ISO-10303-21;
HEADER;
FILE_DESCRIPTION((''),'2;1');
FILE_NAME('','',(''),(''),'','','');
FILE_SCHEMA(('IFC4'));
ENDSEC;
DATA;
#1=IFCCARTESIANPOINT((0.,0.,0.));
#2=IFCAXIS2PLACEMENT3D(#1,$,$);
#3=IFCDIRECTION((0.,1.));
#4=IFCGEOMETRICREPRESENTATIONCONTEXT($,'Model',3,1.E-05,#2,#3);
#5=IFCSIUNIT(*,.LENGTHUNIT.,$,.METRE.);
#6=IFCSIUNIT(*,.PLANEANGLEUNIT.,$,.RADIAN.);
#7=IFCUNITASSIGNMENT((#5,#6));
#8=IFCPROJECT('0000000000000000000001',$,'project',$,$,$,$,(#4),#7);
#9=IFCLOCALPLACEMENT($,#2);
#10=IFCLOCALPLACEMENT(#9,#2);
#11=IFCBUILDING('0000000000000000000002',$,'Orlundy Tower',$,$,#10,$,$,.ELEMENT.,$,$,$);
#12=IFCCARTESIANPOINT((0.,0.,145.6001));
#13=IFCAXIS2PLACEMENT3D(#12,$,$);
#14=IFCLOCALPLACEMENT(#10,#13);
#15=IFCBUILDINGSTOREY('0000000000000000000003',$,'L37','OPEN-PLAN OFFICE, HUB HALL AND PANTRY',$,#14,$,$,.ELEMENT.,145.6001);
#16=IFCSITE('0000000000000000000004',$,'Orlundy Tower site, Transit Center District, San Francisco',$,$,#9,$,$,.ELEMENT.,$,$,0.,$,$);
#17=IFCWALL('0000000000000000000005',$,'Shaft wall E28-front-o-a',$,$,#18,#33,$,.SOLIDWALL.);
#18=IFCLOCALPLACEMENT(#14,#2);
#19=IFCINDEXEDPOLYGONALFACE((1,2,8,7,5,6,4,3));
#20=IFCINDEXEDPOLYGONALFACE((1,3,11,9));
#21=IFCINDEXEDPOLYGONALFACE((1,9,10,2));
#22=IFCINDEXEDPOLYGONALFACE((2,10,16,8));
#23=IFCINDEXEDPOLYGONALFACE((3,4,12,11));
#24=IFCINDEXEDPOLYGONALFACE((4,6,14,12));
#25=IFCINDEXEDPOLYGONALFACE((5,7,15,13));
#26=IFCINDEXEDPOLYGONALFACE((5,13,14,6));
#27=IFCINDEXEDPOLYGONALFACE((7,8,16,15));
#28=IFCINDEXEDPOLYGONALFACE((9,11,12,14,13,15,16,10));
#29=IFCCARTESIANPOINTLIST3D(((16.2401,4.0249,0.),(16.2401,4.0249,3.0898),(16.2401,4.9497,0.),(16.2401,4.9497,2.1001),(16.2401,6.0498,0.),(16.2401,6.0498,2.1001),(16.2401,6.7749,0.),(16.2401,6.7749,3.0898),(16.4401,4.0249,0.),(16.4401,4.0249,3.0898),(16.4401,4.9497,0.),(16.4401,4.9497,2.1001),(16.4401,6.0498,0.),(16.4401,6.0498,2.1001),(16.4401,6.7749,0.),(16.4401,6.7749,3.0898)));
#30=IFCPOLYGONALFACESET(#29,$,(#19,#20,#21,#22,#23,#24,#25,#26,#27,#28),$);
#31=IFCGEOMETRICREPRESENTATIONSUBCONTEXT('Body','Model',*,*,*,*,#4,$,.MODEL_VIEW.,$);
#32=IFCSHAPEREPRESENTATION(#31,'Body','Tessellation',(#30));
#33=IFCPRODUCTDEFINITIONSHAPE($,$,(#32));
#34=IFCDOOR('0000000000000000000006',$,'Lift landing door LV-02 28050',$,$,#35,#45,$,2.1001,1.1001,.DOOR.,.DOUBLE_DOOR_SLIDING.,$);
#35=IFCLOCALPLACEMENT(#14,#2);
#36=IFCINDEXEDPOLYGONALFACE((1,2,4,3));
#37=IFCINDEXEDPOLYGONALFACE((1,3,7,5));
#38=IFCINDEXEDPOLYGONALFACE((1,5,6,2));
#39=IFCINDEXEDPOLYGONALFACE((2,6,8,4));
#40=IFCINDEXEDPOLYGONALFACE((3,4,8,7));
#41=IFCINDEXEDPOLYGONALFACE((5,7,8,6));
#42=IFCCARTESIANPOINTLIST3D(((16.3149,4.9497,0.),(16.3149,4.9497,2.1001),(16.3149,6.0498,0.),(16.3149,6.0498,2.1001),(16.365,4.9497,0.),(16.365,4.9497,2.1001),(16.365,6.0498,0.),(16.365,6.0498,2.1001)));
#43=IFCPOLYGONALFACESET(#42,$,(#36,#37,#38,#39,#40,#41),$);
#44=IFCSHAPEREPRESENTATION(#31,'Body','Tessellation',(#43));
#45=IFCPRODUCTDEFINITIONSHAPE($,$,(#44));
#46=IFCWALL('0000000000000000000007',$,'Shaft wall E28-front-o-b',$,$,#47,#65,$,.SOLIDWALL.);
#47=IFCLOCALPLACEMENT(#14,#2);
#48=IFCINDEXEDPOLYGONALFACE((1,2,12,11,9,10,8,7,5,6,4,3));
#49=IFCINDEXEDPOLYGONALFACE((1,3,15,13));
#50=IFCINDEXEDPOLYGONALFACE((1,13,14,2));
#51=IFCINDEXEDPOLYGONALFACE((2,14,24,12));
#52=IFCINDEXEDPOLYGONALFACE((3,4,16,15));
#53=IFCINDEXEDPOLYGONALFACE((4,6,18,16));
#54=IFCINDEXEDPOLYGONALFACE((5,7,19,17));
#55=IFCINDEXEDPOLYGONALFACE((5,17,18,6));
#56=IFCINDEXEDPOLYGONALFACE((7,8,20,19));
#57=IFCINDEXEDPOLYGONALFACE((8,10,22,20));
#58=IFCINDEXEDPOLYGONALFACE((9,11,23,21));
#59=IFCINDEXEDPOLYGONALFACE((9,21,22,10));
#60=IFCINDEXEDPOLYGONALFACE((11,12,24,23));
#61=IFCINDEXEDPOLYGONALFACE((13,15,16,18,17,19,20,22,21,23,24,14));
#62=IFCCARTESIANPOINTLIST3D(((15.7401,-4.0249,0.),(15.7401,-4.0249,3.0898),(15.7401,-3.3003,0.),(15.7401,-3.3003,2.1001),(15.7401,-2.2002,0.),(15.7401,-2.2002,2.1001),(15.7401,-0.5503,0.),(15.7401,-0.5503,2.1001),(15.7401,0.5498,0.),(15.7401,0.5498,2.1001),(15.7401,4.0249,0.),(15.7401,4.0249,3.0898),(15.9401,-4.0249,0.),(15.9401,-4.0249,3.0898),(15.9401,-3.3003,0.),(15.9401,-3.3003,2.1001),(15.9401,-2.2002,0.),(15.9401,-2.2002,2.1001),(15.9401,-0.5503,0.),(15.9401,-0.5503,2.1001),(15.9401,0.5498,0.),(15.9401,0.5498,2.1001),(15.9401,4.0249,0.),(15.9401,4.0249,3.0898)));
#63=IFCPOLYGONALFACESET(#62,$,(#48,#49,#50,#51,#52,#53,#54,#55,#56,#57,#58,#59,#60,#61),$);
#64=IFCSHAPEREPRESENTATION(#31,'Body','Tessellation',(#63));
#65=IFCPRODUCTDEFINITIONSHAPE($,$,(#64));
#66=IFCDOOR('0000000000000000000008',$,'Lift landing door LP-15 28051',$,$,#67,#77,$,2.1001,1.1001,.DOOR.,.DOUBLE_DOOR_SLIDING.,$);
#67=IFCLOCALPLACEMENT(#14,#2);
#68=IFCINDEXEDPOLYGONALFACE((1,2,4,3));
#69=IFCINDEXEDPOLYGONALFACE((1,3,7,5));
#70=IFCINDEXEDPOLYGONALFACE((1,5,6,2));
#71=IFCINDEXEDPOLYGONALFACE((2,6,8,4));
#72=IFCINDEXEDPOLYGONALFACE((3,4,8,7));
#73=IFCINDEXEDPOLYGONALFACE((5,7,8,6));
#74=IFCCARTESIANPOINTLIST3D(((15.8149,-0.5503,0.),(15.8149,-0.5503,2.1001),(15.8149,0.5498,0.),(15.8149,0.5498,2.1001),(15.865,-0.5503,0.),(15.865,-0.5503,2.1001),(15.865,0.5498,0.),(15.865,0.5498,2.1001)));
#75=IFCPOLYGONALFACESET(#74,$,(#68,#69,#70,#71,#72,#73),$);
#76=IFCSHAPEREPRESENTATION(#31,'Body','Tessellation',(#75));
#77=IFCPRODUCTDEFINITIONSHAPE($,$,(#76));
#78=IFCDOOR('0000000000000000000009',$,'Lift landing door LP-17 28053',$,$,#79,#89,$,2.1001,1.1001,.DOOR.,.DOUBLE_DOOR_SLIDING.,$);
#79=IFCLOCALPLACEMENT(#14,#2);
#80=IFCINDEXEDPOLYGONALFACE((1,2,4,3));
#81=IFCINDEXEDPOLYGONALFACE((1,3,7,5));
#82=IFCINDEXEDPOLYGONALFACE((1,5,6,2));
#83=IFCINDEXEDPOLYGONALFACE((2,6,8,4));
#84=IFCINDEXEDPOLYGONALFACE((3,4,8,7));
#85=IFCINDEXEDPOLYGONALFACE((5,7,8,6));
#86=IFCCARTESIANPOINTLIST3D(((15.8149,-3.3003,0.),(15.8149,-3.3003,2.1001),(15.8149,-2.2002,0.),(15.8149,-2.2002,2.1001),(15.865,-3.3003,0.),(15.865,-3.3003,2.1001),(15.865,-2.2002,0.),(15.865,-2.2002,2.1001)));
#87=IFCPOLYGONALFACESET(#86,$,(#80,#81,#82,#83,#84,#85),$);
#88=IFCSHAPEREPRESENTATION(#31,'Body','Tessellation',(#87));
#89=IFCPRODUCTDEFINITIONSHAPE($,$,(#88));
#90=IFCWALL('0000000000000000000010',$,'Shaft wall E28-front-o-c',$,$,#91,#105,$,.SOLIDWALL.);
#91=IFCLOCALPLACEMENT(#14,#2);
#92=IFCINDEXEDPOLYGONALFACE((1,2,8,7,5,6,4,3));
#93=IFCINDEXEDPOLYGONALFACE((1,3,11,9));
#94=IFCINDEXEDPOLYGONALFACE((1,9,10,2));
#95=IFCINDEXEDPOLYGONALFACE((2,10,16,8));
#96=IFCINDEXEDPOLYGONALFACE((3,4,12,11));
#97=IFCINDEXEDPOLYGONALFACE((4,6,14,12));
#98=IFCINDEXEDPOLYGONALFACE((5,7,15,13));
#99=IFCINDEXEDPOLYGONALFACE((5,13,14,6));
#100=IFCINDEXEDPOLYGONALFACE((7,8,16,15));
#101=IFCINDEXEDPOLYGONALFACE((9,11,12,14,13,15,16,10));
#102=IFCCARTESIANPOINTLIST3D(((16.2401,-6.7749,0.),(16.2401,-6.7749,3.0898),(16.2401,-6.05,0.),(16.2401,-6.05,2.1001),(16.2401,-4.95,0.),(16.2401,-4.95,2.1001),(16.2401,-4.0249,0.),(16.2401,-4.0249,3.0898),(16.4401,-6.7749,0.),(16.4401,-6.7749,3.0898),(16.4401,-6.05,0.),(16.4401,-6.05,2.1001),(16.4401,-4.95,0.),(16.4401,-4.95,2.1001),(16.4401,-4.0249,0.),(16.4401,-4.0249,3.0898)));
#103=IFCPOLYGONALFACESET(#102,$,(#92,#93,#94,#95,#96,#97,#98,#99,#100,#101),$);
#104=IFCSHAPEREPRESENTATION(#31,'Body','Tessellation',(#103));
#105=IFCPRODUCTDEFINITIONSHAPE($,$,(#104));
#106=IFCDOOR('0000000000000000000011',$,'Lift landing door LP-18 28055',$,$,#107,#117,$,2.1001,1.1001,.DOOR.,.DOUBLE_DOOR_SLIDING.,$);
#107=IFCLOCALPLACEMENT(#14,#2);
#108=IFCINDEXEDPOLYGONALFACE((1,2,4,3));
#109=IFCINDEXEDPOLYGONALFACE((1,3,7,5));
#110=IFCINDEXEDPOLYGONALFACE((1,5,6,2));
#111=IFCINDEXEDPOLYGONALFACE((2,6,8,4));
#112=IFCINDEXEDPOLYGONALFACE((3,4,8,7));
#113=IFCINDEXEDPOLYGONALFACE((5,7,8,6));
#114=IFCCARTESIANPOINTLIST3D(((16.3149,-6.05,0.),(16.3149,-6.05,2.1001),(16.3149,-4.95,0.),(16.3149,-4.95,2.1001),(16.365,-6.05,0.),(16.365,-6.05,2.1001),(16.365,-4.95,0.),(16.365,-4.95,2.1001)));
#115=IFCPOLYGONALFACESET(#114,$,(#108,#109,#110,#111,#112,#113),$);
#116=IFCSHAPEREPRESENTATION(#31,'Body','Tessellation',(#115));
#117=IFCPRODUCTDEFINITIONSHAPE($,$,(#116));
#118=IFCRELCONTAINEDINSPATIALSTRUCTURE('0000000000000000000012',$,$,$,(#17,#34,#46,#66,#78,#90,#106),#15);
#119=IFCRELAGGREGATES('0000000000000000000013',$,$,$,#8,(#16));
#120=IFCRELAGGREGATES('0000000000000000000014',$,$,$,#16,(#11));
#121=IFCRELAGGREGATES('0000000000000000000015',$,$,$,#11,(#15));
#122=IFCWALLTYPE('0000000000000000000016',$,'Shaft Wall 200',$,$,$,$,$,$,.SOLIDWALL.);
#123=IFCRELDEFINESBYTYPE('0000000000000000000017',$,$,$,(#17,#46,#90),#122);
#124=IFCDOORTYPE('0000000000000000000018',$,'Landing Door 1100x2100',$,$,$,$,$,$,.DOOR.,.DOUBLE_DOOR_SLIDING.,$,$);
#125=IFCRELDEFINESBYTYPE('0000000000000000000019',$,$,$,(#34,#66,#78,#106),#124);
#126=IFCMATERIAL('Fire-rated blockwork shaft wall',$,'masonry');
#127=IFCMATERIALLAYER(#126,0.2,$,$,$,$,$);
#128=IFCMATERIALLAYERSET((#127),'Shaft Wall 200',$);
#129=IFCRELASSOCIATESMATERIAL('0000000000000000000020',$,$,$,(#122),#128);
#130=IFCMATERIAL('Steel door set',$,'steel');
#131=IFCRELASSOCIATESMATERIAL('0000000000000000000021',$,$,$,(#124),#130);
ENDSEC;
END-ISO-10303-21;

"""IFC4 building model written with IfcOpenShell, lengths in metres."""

from ifc_helpers import new_model, si_unit, direction, frame, frame_2d, origin, place, context, subcontext, project, spatial, rectangle, extrude, material, layer, layer_set, type_object, element, fill, save


model = new_model("IFC4")

# Units and contexts
model_context = context("Model", 3, precision=1e-05, world=origin(), true_north=direction((0.0, 1.0)))
body_context = subcontext(model_context, "Body", "Model", "MODEL_VIEW")
ifc_project = project(units=[si_unit("LENGTHUNIT", "METRE"), si_unit("PLANEANGLEUNIT", "RADIAN")], contexts=[model_context])

# Site, building, storey
site_placement = place(None, origin())
site = spatial("IfcSite", under=ifc_project, at=site_placement, Name="Orlundy Tower site, Transit Center District, San Francisco", CompositionType="ELEMENT", RefElevation=0.0)
building_placement = place(site_placement, origin())
building = spatial("IfcBuilding", under=site, at=building_placement, Name="Orlundy Tower", CompositionType="ELEMENT")
storey_placement = place(building_placement, frame((0.0, 0.0, 145.6001)))
storey = spatial("IfcBuildingStorey", under=building, at=storey_placement, Name="L37", Description="OPEN-PLAN OFFICE, HUB HALL AND PANTRY", CompositionType="ELEMENT", Elevation=145.6001)

# Wall, opening, door
ifc_material_1 = material(Name="Fire-rated blockwork shaft wall", Category="masonry")
ifc_layer_1 = layer(ifc_material_1, 0.2)
ifc_layer_set_1 = layer_set([ifc_layer_1], Name="Shaft Wall 200")
wall_type_1 = type_object("IfcWallType", Name="Shaft Wall 200", PredefinedType="SOLIDWALL", material=ifc_layer_set_1)
wall_1_placement = place(storey_placement, frame((16.3401, 6.7749, 0.0), z_axis=(0.0, 0.0, 1.0), x_axis=(0.0, -1.0, 0.0)))
wall_1 = element("IfcWall", 1, at=wall_1_placement, inside=storey, type_object=wall_type_1, Name="Shaft wall E28-front-o-a", PredefinedType="SOLIDWALL", context=body_context, shape_type="SweptSolid", body=[
    extrude(rectangle(XDim=2.75, YDim=0.2, at=frame_2d((1.375, 0.0))), origin(), (0.0, 0.0, 1.0), 3.0898),
])
opening_1_placement = place(wall_1_placement, frame((0.7251, 0.0, 0.0)))
opening_1 = element("IfcOpeningElement", 2, at=opening_1_placement, cuts=wall_1, PredefinedType="OPENING", context=body_context, shape_type="SweptSolid", body=[
    extrude(rectangle(XDim=1.1001, YDim=2.1001, at=frame_2d((0.55, 1.05))), frame((0.0, 0.1101, 0.0), z_axis=(0.0, -1.0, 0.0), x_axis=(1.0, 0.0, 0.0)), (0.0, 0.0, 1.0), 0.2202),
])
ifc_material_2 = material(Name="Steel door set", Category="steel")
door_type_1 = type_object("IfcDoorType", Name="Landing Door 1100x2100", OperationType="DOUBLE_DOOR_SLIDING", PredefinedType="DOOR", material=ifc_material_2)
door_1_placement = place(opening_1_placement, origin())
door_1 = element("IfcDoor", 3, at=door_1_placement, inside=storey, type_object=door_type_1, Name="Lift landing door LV-02 28050", OperationType="DOUBLE_DOOR_SLIDING", OverallHeight=2.1001, OverallWidth=1.1001, PredefinedType="DOOR", context=body_context, shape_type="SweptSolid", body=[
    extrude(rectangle(XDim=1.1001, YDim=2.1001, at=frame_2d((0.55, 1.05))), frame((0.0, 0.0249, 0.0), z_axis=(0.0, -1.0, 0.0), x_axis=(1.0, 0.0, 0.0)), (0.0, 0.0, 1.0), 0.05),
])
fill(opening_1, door_1)

# Wall, openings, doors
wall_2_placement = place(storey_placement, frame((15.8401, 4.0249, 0.0), z_axis=(0.0, 0.0, 1.0), x_axis=(0.0, -1.0, 0.0)))
wall_2 = element("IfcWall", 4, at=wall_2_placement, inside=storey, type_object=wall_type_1, Name="Shaft wall E28-front-o-b", PredefinedType="SOLIDWALL", context=body_context, shape_type="SweptSolid", body=[
    extrude(rectangle(XDim=8.0498, YDim=0.2, at=frame_2d((4.0249, 0.0))), origin(), (0.0, 0.0, 1.0), 3.0898),
])
opening_2_placement = place(wall_2_placement, frame((3.4751, 0.0, 0.0)))
opening_2 = element("IfcOpeningElement", 5, at=opening_2_placement, cuts=wall_2, PredefinedType="OPENING", context=body_context, shape_type="SweptSolid", body=[
    extrude(rectangle(XDim=1.1001, YDim=2.1001, at=frame_2d((0.55, 1.05))), frame((0.0, 0.1101, 0.0), z_axis=(0.0, -1.0, 0.0), x_axis=(1.0, 0.0, 0.0)), (0.0, 0.0, 1.0), 0.2202),
])
opening_3_placement = place(wall_2_placement, frame((6.2251, 0.0, 0.0)))
opening_3 = element("IfcOpeningElement", 6, at=opening_3_placement, cuts=wall_2, PredefinedType="OPENING", context=body_context, shape_type="SweptSolid", body=[
    extrude(rectangle(XDim=1.1001, YDim=2.1001, at=frame_2d((0.55, 1.05))), frame((0.0, 0.1101, 0.0), z_axis=(0.0, -1.0, 0.0), x_axis=(1.0, 0.0, 0.0)), (0.0, 0.0, 1.0), 0.2202),
])
door_2_placement = place(opening_2_placement, origin())
door_2 = element("IfcDoor", 7, at=door_2_placement, inside=storey, type_object=door_type_1, Name="Lift landing door LP-15 28051", OperationType="DOUBLE_DOOR_SLIDING", OverallHeight=2.1001, OverallWidth=1.1001, PredefinedType="DOOR", context=body_context, shape_type="SweptSolid", body=[
    extrude(rectangle(XDim=1.1001, YDim=2.1001, at=frame_2d((0.55, 1.05))), frame((0.0, 0.0249, 0.0), z_axis=(0.0, -1.0, 0.0), x_axis=(1.0, 0.0, 0.0)), (0.0, 0.0, 1.0), 0.05),
])
fill(opening_2, door_2)
door_3_placement = place(opening_3_placement, origin())
door_3 = element("IfcDoor", 8, at=door_3_placement, inside=storey, type_object=door_type_1, Name="Lift landing door LP-17 28053", OperationType="DOUBLE_DOOR_SLIDING", OverallHeight=2.1001, OverallWidth=1.1001, PredefinedType="DOOR", context=body_context, shape_type="SweptSolid", body=[
    extrude(rectangle(XDim=1.1001, YDim=2.1001, at=frame_2d((0.55, 1.05))), frame((0.0, 0.0249, 0.0), z_axis=(0.0, -1.0, 0.0), x_axis=(1.0, 0.0, 0.0)), (0.0, 0.0, 1.0), 0.05),
])
fill(opening_3, door_3)

# Wall, opening, door
wall_3_placement = place(storey_placement, frame((16.3401, -4.0249, 0.0), z_axis=(0.0, 0.0, 1.0), x_axis=(0.0, -1.0, 0.0)))
wall_3 = element("IfcWall", 9, at=wall_3_placement, inside=storey, type_object=wall_type_1, Name="Shaft wall E28-front-o-c", PredefinedType="SOLIDWALL", context=body_context, shape_type="SweptSolid", body=[
    extrude(rectangle(XDim=2.75, YDim=0.2, at=frame_2d((1.375, 0.0))), origin(), (0.0, 0.0, 1.0), 3.0898),
])
opening_4_placement = place(wall_3_placement, frame((0.925, 0.0, 0.0)))
opening_4 = element("IfcOpeningElement", 10, at=opening_4_placement, cuts=wall_3, PredefinedType="OPENING", context=body_context, shape_type="SweptSolid", body=[
    extrude(rectangle(XDim=1.1001, YDim=2.1001, at=frame_2d((0.55, 1.05))), frame((0.0, 0.1101, 0.0), z_axis=(0.0, -1.0, 0.0), x_axis=(1.0, 0.0, 0.0)), (0.0, 0.0, 1.0), 0.2202),
])
door_4_placement = place(opening_4_placement, origin())
door_4 = element("IfcDoor", 11, at=door_4_placement, inside=storey, type_object=door_type_1, Name="Lift landing door LP-18 28055", OperationType="DOUBLE_DOOR_SLIDING", OverallHeight=2.1001, OverallWidth=1.1001, PredefinedType="DOOR", context=body_context, shape_type="SweptSolid", body=[
    extrude(rectangle(XDim=1.1001, YDim=2.1001, at=frame_2d((0.55, 1.05))), frame((0.0, 0.0249, 0.0), z_axis=(0.0, -1.0, 0.0), x_axis=(1.0, 0.0, 0.0)), (0.0, 0.0, 1.0), 0.05),
])
fill(opening_4, door_4)

save(model, "model.ifc")
